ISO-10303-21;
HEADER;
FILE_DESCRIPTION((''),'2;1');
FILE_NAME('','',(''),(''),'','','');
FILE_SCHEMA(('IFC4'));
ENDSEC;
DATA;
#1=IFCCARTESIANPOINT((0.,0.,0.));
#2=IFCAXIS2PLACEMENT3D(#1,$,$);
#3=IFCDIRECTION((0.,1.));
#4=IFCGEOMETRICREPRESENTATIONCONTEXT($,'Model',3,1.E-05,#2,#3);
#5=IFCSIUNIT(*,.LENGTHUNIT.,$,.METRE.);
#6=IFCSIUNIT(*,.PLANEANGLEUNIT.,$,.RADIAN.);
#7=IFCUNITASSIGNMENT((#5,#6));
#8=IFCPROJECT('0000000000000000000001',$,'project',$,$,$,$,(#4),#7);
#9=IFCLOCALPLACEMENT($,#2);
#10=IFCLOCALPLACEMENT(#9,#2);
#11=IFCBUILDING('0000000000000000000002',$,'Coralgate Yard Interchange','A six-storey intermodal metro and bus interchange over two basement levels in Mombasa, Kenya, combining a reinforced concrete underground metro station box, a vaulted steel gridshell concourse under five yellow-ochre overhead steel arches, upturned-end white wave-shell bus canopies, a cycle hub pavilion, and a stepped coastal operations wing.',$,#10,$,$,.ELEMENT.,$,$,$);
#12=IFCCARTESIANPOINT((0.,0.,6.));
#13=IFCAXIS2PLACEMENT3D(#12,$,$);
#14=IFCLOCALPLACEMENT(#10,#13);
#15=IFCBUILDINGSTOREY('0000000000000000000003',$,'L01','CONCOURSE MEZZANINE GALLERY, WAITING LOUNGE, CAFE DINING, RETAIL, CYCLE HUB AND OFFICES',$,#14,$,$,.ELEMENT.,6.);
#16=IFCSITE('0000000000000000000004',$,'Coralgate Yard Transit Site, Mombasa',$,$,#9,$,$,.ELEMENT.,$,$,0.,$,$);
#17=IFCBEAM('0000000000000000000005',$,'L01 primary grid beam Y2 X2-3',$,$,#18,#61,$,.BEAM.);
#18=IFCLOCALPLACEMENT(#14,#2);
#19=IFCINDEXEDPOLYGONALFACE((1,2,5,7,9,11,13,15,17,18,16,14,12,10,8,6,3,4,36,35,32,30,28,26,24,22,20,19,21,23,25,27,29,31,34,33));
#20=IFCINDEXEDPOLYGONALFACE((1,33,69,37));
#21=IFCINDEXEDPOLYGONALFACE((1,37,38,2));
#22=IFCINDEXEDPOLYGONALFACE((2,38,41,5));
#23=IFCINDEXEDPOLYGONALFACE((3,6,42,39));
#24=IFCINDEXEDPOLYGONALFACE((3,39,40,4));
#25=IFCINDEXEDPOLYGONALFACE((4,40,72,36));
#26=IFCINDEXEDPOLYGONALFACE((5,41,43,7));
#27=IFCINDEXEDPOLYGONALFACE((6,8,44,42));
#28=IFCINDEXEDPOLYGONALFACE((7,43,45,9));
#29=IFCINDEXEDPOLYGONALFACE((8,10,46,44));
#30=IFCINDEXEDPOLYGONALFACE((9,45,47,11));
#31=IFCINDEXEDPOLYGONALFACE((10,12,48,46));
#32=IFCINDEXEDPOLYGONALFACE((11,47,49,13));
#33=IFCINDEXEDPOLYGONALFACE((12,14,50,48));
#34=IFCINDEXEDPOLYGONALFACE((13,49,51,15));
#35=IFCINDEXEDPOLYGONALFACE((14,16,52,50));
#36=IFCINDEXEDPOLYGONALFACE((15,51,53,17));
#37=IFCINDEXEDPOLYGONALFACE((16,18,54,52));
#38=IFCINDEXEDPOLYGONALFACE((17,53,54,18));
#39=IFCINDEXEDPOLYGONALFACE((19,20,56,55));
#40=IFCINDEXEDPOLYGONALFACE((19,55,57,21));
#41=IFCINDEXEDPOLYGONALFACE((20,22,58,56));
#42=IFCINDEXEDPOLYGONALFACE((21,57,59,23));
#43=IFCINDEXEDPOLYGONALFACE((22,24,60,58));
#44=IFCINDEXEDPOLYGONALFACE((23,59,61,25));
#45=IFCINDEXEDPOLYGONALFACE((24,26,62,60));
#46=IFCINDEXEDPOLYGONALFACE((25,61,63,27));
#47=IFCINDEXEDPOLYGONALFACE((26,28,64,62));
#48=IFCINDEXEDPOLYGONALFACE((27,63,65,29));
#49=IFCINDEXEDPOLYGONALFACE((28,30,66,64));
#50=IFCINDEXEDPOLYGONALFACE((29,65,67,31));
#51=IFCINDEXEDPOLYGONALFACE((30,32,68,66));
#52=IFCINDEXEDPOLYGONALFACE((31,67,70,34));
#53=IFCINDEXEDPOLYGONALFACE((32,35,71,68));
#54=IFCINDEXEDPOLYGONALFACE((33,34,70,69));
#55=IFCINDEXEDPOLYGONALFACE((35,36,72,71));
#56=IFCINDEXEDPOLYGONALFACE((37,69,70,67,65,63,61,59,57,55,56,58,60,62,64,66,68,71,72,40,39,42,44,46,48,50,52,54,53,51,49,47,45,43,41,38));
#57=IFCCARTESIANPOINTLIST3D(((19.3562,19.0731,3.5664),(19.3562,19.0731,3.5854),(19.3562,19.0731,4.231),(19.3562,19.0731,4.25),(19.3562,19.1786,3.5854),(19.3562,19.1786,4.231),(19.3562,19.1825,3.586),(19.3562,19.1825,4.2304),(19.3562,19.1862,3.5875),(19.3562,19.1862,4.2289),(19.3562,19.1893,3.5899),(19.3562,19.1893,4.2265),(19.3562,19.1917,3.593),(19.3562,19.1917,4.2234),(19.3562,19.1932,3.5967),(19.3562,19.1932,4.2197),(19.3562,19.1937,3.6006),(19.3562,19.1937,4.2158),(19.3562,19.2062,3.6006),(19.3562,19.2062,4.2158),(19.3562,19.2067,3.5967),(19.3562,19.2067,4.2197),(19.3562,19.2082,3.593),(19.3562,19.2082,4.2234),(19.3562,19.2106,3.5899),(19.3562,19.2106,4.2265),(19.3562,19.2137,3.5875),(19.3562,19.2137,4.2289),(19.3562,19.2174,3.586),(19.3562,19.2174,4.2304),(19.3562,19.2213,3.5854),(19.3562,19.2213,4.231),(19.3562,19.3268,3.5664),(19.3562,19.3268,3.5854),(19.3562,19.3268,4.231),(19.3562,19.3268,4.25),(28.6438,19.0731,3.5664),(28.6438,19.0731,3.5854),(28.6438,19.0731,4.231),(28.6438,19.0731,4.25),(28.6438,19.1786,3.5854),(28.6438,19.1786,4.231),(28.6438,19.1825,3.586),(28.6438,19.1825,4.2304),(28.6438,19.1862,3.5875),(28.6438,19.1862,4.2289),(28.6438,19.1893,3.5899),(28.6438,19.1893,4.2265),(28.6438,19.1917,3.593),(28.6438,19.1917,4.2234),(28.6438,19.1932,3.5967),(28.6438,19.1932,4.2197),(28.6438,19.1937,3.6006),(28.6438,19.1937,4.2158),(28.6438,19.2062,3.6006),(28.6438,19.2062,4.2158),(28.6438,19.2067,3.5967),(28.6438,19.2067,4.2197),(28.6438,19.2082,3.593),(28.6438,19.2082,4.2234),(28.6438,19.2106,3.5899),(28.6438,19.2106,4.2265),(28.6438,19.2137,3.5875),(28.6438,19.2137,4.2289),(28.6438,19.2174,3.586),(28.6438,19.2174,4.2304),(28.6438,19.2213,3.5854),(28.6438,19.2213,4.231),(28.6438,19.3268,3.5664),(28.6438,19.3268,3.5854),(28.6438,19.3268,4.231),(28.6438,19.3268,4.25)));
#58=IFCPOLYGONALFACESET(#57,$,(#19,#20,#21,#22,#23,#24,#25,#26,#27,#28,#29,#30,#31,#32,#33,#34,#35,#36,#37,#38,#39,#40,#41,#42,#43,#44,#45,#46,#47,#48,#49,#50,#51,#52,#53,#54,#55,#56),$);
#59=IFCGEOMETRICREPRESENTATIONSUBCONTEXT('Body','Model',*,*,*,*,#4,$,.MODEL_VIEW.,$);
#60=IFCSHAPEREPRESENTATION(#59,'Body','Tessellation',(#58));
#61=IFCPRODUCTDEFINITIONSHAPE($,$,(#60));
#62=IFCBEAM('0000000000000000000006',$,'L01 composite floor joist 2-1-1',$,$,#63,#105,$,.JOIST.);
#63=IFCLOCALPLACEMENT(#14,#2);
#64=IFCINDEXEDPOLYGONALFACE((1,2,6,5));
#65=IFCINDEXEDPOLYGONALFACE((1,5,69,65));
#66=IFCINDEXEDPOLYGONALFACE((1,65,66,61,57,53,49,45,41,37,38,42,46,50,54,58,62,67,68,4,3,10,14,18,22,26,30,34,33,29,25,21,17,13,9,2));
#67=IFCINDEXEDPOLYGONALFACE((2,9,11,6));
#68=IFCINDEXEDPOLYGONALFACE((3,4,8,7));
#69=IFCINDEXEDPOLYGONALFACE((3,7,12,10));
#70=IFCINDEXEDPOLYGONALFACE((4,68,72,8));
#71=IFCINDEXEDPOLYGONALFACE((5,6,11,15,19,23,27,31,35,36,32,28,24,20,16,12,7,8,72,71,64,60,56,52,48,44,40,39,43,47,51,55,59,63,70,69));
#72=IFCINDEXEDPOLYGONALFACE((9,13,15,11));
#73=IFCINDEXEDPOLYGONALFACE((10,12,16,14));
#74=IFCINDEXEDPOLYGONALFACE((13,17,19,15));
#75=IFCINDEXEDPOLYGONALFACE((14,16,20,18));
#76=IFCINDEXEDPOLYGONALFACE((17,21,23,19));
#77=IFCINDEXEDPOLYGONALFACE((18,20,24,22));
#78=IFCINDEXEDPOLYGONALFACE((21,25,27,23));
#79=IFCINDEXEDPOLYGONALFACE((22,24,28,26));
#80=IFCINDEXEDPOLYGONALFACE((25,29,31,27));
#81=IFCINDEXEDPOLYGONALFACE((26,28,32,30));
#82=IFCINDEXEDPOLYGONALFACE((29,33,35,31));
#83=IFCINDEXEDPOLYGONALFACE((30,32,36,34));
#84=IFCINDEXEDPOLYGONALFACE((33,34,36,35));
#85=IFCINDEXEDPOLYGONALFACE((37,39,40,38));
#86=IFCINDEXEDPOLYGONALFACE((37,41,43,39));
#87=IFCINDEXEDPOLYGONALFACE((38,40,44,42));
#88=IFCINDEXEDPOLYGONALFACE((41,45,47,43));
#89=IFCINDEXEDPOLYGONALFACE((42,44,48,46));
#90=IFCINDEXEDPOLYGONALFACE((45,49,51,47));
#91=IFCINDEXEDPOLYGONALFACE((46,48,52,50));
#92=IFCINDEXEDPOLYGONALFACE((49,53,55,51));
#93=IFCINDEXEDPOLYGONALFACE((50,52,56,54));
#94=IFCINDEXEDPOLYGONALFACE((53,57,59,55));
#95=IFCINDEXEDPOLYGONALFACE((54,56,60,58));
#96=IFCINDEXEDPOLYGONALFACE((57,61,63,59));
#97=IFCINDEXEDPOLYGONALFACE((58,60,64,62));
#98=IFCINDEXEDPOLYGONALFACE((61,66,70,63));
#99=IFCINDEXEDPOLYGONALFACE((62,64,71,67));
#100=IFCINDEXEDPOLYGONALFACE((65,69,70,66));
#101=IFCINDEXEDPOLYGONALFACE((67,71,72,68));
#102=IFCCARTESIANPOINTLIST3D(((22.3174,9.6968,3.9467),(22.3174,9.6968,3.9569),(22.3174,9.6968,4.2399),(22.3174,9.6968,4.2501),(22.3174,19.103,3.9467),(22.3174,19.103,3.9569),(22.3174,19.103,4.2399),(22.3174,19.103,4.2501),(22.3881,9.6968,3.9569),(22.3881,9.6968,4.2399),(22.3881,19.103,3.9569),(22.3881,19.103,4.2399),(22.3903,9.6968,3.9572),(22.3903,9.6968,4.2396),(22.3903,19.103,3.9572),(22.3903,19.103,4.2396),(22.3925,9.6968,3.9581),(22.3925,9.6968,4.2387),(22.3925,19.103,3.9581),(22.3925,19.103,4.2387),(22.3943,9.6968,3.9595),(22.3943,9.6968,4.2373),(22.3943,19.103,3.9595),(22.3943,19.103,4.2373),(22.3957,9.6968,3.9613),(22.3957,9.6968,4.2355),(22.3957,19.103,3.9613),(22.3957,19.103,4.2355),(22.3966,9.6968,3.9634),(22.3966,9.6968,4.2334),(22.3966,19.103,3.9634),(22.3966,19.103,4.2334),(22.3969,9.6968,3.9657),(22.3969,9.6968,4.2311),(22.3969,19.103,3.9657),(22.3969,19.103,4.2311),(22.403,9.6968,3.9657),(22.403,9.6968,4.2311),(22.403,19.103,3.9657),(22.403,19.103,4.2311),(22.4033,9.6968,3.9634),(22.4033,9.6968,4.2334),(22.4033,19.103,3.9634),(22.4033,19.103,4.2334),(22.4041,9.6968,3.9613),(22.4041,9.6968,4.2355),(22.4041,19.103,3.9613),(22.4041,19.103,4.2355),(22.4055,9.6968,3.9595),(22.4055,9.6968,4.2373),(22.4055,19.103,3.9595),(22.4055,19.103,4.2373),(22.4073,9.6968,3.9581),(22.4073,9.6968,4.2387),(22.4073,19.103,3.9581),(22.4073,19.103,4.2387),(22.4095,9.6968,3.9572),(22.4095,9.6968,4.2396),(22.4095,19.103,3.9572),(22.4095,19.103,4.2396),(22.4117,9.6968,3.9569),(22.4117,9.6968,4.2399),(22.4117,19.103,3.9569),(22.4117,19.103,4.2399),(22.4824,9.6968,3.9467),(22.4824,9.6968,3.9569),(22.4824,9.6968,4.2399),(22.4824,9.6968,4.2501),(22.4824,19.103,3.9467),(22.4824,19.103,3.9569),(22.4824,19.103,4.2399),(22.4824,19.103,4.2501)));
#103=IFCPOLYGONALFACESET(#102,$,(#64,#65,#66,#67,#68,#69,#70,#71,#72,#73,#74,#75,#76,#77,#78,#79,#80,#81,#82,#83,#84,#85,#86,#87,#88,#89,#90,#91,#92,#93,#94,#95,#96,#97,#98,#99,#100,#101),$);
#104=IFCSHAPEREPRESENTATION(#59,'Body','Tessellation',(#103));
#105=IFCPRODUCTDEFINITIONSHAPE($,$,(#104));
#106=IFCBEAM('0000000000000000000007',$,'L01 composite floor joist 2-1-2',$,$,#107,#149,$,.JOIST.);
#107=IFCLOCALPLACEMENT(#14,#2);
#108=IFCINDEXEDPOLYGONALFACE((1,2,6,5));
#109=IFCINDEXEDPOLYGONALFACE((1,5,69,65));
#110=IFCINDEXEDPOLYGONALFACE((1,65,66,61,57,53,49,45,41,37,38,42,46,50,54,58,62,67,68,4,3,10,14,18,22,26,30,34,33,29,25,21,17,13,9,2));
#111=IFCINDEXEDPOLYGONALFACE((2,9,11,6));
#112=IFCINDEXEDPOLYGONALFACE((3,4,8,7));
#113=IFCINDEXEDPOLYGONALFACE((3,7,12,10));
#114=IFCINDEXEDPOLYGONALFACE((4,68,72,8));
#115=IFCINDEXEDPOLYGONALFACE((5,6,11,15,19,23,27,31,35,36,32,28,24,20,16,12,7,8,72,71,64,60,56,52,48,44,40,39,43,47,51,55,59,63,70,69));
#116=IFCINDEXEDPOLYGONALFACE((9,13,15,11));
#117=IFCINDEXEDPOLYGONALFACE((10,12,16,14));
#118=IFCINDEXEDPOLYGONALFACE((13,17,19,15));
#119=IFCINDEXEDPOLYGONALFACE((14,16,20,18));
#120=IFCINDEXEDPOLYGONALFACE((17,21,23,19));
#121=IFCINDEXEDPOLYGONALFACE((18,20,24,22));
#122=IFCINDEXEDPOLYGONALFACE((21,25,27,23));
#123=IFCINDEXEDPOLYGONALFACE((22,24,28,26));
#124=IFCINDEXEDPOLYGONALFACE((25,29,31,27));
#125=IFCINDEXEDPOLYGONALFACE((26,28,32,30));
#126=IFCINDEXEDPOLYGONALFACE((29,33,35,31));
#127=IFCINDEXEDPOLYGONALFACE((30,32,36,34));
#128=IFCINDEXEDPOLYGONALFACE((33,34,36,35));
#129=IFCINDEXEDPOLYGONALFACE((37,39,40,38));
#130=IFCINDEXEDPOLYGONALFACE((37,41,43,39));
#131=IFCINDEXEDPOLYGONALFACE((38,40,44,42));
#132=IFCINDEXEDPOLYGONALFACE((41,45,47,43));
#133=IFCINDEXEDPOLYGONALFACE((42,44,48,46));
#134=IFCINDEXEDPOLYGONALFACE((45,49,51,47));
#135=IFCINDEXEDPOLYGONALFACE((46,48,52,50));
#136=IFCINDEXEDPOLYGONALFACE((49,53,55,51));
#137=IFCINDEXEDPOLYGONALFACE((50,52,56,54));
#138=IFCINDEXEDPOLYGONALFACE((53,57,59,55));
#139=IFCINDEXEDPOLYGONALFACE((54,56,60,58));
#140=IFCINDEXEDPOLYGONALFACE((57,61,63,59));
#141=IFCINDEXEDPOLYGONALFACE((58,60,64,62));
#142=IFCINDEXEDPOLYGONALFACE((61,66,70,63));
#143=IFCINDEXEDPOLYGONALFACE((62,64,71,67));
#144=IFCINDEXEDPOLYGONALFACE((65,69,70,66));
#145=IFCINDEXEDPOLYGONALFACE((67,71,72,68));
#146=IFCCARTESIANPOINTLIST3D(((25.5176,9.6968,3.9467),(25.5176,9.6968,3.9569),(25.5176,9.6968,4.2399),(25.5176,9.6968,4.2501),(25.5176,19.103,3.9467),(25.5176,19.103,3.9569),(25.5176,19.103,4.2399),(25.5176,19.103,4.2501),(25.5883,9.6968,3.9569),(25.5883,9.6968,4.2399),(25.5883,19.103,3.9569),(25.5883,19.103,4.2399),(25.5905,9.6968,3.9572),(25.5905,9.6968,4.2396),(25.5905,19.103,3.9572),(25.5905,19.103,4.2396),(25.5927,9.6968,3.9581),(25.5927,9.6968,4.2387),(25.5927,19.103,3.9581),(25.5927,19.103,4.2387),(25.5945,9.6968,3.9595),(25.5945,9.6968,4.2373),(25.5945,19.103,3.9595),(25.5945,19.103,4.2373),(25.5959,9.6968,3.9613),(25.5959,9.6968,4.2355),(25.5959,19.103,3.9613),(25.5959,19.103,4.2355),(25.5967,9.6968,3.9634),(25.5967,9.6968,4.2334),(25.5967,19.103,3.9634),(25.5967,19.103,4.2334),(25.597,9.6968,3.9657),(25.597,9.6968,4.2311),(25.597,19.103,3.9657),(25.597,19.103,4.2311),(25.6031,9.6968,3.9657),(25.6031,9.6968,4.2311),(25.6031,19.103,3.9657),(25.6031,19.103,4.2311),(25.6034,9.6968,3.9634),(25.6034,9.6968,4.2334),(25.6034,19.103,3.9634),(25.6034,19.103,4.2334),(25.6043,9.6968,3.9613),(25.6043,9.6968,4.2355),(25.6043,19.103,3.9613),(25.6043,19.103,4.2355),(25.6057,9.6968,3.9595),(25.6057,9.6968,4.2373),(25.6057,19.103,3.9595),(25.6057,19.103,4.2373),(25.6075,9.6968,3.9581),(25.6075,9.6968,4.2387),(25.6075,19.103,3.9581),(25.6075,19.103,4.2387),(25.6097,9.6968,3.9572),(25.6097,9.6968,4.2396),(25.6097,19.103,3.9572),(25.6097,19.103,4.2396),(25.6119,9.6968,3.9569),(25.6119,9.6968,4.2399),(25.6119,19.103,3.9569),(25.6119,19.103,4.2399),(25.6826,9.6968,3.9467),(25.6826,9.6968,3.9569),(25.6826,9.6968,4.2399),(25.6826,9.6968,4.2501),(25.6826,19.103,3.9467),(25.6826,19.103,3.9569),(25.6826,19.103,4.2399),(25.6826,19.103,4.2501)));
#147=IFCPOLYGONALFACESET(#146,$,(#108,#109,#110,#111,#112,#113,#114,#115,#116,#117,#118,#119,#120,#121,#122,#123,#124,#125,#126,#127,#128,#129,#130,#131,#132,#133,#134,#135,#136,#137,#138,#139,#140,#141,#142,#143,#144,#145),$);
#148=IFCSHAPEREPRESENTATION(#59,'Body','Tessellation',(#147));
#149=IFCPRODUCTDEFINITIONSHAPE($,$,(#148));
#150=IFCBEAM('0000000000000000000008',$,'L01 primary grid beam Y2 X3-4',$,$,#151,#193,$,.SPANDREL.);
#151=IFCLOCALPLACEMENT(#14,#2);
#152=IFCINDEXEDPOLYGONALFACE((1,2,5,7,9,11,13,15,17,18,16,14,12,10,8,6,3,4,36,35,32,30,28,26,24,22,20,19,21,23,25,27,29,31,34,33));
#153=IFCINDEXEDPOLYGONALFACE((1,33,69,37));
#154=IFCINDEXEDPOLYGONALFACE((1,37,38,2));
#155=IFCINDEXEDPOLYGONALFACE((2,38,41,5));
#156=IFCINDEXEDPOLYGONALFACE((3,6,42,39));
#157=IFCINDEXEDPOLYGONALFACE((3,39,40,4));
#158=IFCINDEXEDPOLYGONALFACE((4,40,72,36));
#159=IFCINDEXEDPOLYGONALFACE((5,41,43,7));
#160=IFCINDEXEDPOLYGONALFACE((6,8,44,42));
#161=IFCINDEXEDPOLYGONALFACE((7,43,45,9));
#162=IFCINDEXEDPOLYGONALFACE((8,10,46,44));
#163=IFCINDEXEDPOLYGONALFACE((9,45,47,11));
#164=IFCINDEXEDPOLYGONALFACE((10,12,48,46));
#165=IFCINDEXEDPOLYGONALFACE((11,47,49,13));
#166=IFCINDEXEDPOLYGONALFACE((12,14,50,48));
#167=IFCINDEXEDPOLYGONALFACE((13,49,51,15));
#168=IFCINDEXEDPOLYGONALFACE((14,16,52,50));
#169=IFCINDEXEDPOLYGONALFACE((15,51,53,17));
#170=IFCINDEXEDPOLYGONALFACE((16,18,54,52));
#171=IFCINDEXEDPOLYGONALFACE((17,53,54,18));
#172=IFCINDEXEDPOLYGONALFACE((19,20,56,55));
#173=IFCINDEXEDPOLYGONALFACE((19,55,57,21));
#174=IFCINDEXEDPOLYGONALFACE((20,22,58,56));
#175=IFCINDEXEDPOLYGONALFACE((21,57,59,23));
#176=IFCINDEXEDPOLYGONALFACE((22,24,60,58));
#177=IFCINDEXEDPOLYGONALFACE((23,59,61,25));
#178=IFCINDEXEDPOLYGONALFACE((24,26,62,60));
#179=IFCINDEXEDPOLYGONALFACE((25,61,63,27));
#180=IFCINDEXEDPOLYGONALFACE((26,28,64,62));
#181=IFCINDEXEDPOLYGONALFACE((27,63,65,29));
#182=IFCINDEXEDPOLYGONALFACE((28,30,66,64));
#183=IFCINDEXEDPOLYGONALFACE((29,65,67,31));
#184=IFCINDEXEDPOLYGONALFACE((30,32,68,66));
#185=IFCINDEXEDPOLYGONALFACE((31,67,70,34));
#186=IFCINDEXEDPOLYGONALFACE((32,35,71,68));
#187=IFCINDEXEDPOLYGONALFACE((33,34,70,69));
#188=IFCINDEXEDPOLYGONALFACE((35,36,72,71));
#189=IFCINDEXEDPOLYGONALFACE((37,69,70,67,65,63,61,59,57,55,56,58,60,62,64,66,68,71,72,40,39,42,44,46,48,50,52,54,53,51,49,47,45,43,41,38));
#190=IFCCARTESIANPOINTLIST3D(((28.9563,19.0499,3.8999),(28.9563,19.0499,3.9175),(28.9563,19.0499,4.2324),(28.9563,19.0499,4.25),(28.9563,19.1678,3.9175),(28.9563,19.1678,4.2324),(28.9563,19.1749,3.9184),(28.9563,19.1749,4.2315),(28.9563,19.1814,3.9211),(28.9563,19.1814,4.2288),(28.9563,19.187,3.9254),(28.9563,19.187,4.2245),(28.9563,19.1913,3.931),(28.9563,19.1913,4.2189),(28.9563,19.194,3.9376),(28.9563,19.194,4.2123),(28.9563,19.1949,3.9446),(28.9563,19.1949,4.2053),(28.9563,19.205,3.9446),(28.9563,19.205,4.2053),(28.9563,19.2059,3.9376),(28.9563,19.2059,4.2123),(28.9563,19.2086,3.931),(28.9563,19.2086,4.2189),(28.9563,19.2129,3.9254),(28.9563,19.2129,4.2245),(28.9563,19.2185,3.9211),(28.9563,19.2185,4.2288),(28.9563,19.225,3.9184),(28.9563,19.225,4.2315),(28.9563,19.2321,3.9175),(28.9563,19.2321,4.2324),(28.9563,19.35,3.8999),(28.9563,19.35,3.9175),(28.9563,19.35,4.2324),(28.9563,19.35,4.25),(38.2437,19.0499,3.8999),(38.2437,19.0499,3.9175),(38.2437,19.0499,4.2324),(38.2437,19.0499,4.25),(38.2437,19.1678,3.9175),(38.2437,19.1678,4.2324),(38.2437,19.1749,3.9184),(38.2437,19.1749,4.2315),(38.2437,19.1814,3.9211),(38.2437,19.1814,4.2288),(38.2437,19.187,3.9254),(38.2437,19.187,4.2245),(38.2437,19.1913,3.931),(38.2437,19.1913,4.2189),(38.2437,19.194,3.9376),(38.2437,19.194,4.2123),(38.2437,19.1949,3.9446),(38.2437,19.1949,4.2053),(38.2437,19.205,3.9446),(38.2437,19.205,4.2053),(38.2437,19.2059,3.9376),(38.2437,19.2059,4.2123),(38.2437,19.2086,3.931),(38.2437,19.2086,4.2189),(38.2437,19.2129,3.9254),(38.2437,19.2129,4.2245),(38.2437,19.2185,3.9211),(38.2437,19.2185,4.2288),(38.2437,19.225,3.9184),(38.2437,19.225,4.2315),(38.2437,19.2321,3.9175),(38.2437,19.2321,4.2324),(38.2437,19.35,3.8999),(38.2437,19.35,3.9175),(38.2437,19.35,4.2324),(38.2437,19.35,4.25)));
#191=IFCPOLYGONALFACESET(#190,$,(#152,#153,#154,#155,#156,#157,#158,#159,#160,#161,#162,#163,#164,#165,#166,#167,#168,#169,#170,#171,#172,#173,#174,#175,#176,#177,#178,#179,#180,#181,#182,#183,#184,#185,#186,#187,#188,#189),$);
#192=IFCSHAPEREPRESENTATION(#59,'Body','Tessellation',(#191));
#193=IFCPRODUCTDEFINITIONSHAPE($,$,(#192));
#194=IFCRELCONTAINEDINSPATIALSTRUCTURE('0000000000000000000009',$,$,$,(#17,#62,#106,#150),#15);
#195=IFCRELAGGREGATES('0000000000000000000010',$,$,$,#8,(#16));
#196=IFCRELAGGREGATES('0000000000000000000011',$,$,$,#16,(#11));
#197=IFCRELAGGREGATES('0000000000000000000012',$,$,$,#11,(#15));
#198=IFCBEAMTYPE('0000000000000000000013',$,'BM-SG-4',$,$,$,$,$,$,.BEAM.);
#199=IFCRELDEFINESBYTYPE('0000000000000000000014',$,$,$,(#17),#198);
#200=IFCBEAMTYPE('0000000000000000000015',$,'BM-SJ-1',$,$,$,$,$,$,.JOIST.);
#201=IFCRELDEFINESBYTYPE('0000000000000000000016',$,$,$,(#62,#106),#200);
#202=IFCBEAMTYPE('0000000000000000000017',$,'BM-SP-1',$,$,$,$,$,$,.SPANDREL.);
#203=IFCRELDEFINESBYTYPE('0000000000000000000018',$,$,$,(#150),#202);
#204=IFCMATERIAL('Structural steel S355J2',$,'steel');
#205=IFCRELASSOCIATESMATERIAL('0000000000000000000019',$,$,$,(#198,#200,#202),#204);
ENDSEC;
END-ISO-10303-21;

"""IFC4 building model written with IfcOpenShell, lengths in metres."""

from ifc_helpers import new_model, si_unit, direction, frame, origin, origin_2d, place, context, subcontext, project, spatial, i_section, extrude, material, material_profile, profile_set, type_object, element, save


model = new_model("IFC4")

# Units and contexts
model_context = context("Model", 3, precision=1e-05, world=origin(), true_north=direction((0.0, 1.0)))
body_context = subcontext(model_context, "Body", "Model", "MODEL_VIEW")
ifc_project = project(units=[si_unit("LENGTHUNIT", "METRE"), si_unit("PLANEANGLEUNIT", "RADIAN")], contexts=[model_context])

# Site, building, storey
site_placement = place(None, origin())
site = spatial("IfcSite", under=ifc_project, at=site_placement, Name="Coralgate Yard Transit Site, Mombasa", CompositionType="ELEMENT", RefElevation=0.0)
building_placement = place(site_placement, origin())
building = spatial("IfcBuilding", under=site, at=building_placement, Name="Coralgate Yard Interchange", Description="A six-storey intermodal metro and bus interchange over two basement levels in Mombasa, Kenya, combining a reinforced concrete underground metro station box, a vaulted steel gridshell concourse under five yellow-ochre overhead steel arches, upturned-end white wave-shell bus canopies, a cycle hub pavilion, and a stepped coastal operations wing.", CompositionType="ELEMENT")
storey_placement = place(building_placement, frame((0.0, 0.0, 6.0)))
storey = spatial("IfcBuildingStorey", under=building, at=storey_placement, Name="L01", Description="CONCOURSE MEZZANINE GALLERY, WAITING LOUNGE, CAFE DINING, RETAIL, CYCLE HUB AND OFFICES", CompositionType="ELEMENT", Elevation=6.0)

# Shared definitions
ifc_material_1 = material(Name="Structural steel S355J2", Category="steel")

# Beams
ifc_material_profile_1 = material_profile(ifc_material_1, i_section(OverallWidth=0.2537, OverallDepth=0.6836, WebThickness=0.0125, FlangeThickness=0.019, FilletRadius=0.0151, at=origin_2d()), Name="UB 686x254x140")
ifc_profile_set_1 = profile_set([ifc_material_profile_1], Name="Structural steel S355J2")
beam_type_1 = type_object("IfcBeamType", Name="BM-SG-4", PredefinedType="BEAM", material=ifc_profile_set_1)
beam_1_placement = place(storey_placement, frame((19.3562, 19.2, 3.9082), z_axis=(1.0, 0.0, 0.0), x_axis=(0.0, 1.0, 0.0)))
element("IfcBeam", 1, at=beam_1_placement, inside=storey, type_object=beam_type_1, Name="L01 primary grid beam Y2 X2-3", PredefinedType="BEAM", context=body_context, shape_type="SweptSolid", body=[
    extrude(i_section(OverallWidth=0.2537, OverallDepth=0.6836, WebThickness=0.0125, FlangeThickness=0.019, FilletRadius=0.0151, at=origin_2d()), origin(), (0.0, 0.0, 1.0), 9.2876),
])
ifc_material_profile_2 = material_profile(ifc_material_1, i_section(OverallWidth=0.165, OverallDepth=0.3035, WebThickness=0.0061, FlangeThickness=0.0103, FilletRadius=0.0088, at=origin_2d()), Name="UB 305x165x40")
ifc_profile_set_2 = profile_set([ifc_material_profile_2], Name="Structural steel S355J2")
beam_type_2 = type_object("IfcBeamType", Name="BM-SJ-1", PredefinedType="JOIST", material=ifc_profile_set_2)
for number, where, z_axis, x_axis, name in (
    (2, (22.3999, 9.6968, 4.0984), (0.0, 1.0, 0.0), (-1.0, 0.0, 0.0), "L01 composite floor joist 2-1-1"),
    (3, (25.6001, 9.6968, 4.0984), (0.0, 1.0, 0.0), (-1.0, 0.0, 0.0), "L01 composite floor joist 2-1-2"),
):
    element("IfcBeam", number, at=place(storey_placement, frame(where, z_axis=z_axis, x_axis=x_axis)), inside=storey, type_object=beam_type_2, Name=name, PredefinedType="JOIST", context=body_context, shape_type="SweptSolid", body=[
        extrude(i_section(OverallWidth=0.165, OverallDepth=0.3035, WebThickness=0.0061, FlangeThickness=0.0103, FilletRadius=0.0088, at=origin_2d()), origin(), (0.0, 0.0, 1.0), 9.4062),
    ])
ifc_material_profile_3 = material_profile(ifc_material_1, i_section(OverallWidth=0.3, OverallDepth=0.3501, WebThickness=0.01, FlangeThickness=0.0176, FilletRadius=0.0271, at=origin_2d()), Name="HEA 360")
ifc_profile_set_3 = profile_set([ifc_material_profile_3], Name="Structural steel S355J2")
beam_type_3 = type_object("IfcBeamType", Name="BM-SP-1", PredefinedType="SPANDREL", material=ifc_profile_set_3)
beam_2_placement = place(storey_placement, frame((28.9563, 19.2, 4.075), z_axis=(1.0, 0.0, 0.0), x_axis=(0.0, 1.0, 0.0)))
element("IfcBeam", 4, at=beam_2_placement, inside=storey, type_object=beam_type_3, Name="L01 primary grid beam Y2 X3-4", PredefinedType="SPANDREL", context=body_context, shape_type="SweptSolid", body=[
    extrude(i_section(OverallWidth=0.3, OverallDepth=0.3501, WebThickness=0.01, FlangeThickness=0.0176, FilletRadius=0.0271, at=origin_2d()), origin(), (0.0, 0.0, 1.0), 9.2874),
])

save(model, "model.ifc")
